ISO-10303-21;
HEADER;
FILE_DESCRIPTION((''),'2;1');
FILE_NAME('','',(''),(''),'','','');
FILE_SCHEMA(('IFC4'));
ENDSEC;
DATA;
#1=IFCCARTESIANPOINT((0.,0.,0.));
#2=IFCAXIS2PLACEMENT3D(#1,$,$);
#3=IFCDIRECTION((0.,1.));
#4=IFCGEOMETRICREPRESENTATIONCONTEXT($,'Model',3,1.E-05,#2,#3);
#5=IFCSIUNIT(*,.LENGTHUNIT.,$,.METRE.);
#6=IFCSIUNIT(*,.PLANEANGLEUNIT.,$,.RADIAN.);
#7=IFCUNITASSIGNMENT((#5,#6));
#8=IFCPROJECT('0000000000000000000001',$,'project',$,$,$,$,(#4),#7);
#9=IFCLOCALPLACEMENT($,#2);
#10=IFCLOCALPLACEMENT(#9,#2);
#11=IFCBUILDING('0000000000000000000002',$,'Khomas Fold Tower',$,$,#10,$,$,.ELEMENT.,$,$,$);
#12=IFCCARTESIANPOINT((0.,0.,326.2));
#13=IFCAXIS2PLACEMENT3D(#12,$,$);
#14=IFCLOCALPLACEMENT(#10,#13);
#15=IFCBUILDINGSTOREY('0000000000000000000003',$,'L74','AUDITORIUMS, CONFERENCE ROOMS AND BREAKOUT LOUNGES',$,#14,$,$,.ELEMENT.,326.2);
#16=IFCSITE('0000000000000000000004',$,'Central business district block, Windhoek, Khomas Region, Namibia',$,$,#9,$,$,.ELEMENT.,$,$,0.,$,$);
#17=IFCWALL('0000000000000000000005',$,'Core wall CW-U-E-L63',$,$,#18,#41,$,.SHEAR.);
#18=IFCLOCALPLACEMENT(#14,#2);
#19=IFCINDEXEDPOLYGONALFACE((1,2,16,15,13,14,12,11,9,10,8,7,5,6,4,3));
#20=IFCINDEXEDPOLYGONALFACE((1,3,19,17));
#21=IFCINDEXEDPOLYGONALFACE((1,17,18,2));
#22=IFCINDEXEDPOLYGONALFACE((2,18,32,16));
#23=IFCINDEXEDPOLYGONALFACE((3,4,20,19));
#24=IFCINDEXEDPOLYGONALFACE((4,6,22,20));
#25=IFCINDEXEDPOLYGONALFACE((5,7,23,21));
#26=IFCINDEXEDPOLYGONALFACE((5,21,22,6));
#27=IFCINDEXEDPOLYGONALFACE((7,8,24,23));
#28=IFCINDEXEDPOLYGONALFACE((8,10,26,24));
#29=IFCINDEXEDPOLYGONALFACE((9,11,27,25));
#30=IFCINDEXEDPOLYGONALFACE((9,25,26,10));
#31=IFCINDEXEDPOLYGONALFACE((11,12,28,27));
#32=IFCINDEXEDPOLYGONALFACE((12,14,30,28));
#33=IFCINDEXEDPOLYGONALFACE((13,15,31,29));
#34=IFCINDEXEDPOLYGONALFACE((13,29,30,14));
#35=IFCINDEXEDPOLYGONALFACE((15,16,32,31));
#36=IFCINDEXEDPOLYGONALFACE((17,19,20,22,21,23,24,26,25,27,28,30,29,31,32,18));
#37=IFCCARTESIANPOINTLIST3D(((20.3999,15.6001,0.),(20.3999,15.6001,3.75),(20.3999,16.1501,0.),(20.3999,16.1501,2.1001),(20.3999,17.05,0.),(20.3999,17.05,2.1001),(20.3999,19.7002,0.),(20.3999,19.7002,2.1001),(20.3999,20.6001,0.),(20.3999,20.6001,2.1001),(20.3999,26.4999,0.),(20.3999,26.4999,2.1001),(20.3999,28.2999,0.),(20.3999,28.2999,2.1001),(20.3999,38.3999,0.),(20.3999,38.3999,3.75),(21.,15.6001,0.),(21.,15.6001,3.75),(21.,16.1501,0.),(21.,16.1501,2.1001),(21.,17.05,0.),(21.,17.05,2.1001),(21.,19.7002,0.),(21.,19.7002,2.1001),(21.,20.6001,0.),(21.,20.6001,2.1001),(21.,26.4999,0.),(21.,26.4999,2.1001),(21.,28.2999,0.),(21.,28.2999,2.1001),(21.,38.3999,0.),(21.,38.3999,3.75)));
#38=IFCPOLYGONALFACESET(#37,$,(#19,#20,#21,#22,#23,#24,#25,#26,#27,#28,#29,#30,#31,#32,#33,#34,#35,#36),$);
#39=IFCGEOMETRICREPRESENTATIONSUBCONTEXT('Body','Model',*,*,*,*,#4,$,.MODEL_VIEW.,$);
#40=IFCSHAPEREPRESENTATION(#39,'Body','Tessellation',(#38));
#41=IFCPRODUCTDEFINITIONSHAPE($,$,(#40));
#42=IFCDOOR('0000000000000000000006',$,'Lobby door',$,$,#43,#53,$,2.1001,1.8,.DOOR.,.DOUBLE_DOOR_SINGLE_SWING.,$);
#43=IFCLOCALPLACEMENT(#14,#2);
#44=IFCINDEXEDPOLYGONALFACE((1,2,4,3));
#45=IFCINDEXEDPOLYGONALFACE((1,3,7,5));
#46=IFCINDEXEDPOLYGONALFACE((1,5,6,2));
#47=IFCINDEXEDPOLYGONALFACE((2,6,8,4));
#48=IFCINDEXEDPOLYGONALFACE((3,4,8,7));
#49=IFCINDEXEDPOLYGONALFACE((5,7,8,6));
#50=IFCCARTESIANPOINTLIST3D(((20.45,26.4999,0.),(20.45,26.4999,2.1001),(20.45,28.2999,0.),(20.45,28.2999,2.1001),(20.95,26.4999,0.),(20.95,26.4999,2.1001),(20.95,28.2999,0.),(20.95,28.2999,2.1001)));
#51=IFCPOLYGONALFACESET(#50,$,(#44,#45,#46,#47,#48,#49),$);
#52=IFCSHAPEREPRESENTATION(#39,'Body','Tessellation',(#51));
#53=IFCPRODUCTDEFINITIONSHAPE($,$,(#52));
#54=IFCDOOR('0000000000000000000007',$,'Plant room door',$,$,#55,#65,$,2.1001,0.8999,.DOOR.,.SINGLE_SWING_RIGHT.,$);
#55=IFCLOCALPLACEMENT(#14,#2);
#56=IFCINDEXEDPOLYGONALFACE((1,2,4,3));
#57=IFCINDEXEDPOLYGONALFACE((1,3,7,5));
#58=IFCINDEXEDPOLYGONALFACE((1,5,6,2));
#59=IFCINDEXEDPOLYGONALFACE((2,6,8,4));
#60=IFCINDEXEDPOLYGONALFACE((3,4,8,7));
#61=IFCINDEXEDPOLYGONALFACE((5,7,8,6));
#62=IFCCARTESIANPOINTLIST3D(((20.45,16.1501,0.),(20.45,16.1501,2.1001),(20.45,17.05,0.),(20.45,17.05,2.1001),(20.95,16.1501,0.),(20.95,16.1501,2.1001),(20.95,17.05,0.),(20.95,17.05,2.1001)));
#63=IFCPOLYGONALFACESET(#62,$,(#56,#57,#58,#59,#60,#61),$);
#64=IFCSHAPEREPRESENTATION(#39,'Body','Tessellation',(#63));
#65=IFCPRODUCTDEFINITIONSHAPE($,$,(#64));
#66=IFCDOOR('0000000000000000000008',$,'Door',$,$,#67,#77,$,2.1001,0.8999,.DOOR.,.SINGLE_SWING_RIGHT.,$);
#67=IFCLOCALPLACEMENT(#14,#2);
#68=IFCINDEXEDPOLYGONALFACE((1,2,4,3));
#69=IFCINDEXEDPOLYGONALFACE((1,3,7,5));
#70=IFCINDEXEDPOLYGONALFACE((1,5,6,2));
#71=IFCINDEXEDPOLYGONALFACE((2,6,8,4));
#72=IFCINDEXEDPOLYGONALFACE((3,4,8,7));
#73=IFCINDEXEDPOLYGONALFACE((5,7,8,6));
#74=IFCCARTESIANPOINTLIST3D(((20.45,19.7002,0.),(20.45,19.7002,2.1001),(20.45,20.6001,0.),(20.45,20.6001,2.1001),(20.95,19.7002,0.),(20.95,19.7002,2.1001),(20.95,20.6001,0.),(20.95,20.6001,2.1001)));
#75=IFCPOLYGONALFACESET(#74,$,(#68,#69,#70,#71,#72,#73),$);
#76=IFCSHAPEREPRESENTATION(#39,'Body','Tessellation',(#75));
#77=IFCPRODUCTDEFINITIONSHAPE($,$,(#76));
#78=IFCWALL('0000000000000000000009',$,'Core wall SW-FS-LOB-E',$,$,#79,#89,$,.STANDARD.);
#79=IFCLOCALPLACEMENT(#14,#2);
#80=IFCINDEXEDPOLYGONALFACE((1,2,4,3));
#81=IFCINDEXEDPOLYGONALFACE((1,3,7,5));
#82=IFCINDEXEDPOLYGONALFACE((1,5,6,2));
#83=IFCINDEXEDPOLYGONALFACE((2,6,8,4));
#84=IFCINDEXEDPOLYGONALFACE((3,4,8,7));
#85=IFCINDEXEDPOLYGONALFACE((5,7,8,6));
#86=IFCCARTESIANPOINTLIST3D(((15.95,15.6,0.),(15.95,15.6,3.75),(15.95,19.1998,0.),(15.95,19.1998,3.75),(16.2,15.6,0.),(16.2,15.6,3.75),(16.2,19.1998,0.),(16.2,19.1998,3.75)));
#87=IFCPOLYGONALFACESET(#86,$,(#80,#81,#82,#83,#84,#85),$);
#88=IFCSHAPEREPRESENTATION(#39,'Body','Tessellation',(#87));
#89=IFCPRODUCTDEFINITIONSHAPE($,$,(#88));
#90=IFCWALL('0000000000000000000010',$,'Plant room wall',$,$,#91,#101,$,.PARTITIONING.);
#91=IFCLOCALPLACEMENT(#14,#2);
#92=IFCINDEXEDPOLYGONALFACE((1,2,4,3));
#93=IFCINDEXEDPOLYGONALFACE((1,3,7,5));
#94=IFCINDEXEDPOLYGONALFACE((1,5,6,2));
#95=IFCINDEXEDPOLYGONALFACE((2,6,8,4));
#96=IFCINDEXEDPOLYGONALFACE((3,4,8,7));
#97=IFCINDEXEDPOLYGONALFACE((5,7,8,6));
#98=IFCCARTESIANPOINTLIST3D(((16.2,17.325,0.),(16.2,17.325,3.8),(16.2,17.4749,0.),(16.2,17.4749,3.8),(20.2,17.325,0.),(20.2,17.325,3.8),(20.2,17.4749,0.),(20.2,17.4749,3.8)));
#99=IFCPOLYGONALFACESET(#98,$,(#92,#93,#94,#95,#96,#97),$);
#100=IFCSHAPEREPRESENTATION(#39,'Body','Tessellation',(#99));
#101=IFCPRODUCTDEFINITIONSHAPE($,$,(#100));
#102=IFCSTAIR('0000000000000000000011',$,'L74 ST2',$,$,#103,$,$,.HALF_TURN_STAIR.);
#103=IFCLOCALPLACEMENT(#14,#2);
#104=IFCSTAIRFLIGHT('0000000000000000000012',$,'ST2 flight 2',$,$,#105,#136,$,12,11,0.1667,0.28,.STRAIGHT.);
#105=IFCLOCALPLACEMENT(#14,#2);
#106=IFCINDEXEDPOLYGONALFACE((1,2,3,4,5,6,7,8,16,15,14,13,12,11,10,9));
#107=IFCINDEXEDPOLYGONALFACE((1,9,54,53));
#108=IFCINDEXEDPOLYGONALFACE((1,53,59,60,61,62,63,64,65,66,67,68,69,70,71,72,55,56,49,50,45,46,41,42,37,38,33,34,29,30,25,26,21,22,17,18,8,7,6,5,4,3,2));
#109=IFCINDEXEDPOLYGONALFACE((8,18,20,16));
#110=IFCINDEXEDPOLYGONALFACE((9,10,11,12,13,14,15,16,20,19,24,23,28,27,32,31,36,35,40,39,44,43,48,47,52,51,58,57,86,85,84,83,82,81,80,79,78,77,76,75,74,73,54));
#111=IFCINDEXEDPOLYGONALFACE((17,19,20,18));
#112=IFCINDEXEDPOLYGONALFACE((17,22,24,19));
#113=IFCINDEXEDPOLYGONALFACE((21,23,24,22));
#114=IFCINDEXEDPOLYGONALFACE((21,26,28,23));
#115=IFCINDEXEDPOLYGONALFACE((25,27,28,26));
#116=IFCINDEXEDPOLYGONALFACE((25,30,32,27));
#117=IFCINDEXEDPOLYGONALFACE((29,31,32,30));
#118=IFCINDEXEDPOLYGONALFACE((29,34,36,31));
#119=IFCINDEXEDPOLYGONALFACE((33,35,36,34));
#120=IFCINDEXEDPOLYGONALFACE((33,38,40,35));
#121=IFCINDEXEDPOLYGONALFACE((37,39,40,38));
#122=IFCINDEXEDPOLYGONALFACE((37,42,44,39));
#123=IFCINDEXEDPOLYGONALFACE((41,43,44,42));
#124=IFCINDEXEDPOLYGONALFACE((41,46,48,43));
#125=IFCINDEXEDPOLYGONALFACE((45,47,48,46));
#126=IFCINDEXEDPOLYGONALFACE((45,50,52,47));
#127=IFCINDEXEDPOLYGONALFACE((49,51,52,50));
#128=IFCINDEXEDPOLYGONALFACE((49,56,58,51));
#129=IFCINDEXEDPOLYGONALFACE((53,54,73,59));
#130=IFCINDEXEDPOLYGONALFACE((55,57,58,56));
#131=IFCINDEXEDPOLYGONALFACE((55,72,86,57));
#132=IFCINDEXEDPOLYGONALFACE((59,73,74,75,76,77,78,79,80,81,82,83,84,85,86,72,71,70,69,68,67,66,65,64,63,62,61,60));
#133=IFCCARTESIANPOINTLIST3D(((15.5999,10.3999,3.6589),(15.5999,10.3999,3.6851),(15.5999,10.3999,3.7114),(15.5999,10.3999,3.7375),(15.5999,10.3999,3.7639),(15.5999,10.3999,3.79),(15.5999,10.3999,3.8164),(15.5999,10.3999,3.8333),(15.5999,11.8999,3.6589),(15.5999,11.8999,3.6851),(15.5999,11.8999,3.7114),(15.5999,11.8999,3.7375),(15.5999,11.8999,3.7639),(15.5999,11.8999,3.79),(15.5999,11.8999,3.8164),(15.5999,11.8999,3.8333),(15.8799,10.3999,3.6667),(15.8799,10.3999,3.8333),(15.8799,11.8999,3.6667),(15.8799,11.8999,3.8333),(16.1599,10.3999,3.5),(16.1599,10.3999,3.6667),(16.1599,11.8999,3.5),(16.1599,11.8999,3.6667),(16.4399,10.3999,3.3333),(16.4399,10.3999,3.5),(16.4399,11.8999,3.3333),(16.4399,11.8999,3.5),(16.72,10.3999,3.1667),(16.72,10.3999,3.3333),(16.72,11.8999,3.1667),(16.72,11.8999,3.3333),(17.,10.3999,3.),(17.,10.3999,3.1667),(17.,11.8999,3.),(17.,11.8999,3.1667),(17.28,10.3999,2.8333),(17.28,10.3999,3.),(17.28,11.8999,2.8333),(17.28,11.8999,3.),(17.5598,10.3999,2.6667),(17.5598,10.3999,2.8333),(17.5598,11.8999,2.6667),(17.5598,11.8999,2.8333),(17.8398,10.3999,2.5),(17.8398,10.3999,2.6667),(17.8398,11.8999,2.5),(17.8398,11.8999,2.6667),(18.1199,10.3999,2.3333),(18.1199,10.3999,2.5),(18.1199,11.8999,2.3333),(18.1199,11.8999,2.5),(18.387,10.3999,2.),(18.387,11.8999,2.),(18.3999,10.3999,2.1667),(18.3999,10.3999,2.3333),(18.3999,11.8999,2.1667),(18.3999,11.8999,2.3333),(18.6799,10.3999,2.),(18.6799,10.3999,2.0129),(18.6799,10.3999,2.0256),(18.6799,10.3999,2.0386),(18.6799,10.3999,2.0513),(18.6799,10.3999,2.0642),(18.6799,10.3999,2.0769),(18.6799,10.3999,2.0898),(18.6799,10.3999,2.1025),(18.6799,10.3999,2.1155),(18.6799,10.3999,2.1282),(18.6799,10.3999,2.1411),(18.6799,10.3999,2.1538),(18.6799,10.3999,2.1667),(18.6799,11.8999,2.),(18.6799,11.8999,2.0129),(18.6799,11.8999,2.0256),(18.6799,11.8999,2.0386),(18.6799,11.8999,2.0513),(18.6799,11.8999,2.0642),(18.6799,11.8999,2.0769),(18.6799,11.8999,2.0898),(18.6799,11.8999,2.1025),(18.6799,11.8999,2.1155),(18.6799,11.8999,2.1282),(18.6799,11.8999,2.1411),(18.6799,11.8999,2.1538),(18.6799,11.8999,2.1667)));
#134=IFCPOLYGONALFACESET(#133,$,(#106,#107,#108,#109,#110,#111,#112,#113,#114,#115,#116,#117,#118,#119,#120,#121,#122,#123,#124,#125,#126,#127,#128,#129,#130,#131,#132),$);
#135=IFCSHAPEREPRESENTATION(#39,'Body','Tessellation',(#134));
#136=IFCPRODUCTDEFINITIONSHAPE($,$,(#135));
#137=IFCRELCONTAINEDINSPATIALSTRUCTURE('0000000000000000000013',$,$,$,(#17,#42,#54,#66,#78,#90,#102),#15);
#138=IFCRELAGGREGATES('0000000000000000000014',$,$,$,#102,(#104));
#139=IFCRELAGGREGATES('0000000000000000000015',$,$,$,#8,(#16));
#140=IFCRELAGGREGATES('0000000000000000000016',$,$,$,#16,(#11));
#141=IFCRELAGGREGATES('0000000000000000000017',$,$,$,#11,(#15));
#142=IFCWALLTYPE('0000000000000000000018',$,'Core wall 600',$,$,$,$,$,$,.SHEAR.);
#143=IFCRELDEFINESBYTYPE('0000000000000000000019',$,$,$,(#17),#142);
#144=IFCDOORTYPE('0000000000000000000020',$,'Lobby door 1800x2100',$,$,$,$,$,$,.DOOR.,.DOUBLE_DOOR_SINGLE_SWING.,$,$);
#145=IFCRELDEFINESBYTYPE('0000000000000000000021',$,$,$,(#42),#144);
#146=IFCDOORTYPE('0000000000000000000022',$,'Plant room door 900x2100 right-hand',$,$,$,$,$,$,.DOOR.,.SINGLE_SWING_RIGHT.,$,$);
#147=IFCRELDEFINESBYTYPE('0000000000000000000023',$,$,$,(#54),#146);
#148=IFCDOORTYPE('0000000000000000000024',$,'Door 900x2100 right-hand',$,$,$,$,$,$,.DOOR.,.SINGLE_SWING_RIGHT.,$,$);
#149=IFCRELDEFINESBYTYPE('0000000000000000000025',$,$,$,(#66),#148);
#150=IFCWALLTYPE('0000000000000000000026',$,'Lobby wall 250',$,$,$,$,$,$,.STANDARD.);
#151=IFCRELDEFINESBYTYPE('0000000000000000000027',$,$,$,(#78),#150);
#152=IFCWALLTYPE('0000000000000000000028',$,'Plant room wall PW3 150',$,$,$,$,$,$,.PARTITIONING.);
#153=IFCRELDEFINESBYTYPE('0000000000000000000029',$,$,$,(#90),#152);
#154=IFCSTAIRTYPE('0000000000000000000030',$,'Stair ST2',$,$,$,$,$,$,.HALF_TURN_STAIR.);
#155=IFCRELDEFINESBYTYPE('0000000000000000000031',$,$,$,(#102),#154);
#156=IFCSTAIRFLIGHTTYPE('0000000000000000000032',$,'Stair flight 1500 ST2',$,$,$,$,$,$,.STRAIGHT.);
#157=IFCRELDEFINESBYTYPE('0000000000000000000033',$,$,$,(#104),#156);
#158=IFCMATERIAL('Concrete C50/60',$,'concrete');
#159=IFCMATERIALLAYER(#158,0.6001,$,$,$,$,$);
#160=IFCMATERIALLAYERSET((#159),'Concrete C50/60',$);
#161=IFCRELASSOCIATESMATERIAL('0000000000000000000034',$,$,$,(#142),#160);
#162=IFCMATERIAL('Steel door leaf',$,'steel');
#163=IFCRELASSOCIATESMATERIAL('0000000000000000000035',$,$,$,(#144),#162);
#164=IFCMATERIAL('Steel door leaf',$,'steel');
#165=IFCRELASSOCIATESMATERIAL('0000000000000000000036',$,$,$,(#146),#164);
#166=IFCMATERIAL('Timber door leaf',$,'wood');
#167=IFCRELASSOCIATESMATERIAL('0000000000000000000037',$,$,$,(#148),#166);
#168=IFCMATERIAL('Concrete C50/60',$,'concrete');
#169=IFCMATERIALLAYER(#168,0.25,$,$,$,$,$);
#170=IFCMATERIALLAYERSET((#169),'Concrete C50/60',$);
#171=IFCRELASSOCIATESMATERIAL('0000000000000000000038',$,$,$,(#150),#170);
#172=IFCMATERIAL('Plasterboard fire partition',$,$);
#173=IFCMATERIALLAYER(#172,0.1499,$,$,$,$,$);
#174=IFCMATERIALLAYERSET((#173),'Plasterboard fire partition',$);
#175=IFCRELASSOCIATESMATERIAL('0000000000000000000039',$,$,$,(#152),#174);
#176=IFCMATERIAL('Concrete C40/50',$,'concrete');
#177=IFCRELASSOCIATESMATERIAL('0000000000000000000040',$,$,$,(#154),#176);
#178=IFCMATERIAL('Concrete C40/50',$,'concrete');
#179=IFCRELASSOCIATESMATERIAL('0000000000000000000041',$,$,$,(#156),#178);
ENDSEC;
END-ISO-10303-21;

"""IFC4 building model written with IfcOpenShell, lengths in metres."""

from ifc_helpers import new_model, si_unit, direction, frame, frame_2d, origin, place, context, subcontext, project, spatial, polyline, rectangle, outline, extrude, source, transform, mapped, material, layer, layer_set, type_object, element, fill, aggregate, save


model = new_model("IFC4")

# Units and contexts
model_context = context("Model", 3, precision=1e-05, world=origin(), true_north=direction((0.0, 1.0)))
body_context = subcontext(model_context, "Body", "Model", "MODEL_VIEW")
ifc_project = project(units=[si_unit("LENGTHUNIT", "METRE"), si_unit("PLANEANGLEUNIT", "RADIAN")], contexts=[model_context])

# Site, building, storey
site_placement = place(None, origin())
site = spatial("IfcSite", under=ifc_project, at=site_placement, Name="Central business district block, Windhoek, Khomas Region, Namibia", CompositionType="ELEMENT", RefElevation=0.0)
building_placement = place(site_placement, origin())
building = spatial("IfcBuilding", under=site, at=building_placement, Name="Khomas Fold Tower", CompositionType="ELEMENT")
storey_placement = place(building_placement, frame((0.0, 0.0, 326.2)))
storey = spatial("IfcBuildingStorey", under=building, at=storey_placement, Name="L74", Description="AUDITORIUMS, CONFERENCE ROOMS AND BREAKOUT LOUNGES", CompositionType="ELEMENT", Elevation=326.2)

# Wall, openings, doors
ifc_material_1 = material(Name="Concrete C50/60", Category="concrete")
ifc_layer_1 = layer(ifc_material_1, 0.6001)
ifc_layer_set_1 = layer_set([ifc_layer_1], Name="Concrete C50/60")
wall_type_1 = type_object("IfcWallType", Name="Core wall 600", PredefinedType="SHEAR", material=ifc_layer_set_1)
shared_shape_1 = source(origin(), body_context, "Body", "SweptSolid", [
    extrude(rectangle(XDim=22.7998, YDim=0.6001, at=frame_2d((11.3999, 0.0))), origin(), (0.0, 0.0, 1.0), 3.75),
])
wall_1_placement = place(storey_placement, frame((20.7, 15.6001, 0.0), z_axis=(0.0, 0.0, 1.0), x_axis=(0.0, 1.0, 0.0)))
wall_1 = element("IfcWall", 1, at=wall_1_placement, inside=storey, type_object=wall_type_1, Name="Core wall CW-U-E-L63", PredefinedType="SHEAR", context=body_context, shape_type="MappedRepresentation", body=[
    mapped(shared_shape_1, transform((0.0, 0.0, 0.0))),
])
shared_shape_2 = source(origin(), body_context, "Body", "SweptSolid", [
    extrude(rectangle(XDim=1.8, YDim=2.1001, at=frame_2d((0.8999, 1.05))), frame((0.0, 0.3101, 0.0), z_axis=(0.0, -1.0, 0.0), x_axis=(1.0, 0.0, 0.0)), (0.0, 0.0, 1.0), 0.6201),
])
opening_1_placement = place(wall_1_placement, frame((10.8999, 0.0, 0.0)))
opening_1 = element("IfcOpeningElement", 2, at=opening_1_placement, cuts=wall_1, PredefinedType="OPENING", context=body_context, shape_type="MappedRepresentation", body=[
    mapped(shared_shape_2, transform((0.0, 0.0, 0.0))),
])
shared_shape_3 = source(origin(), body_context, "Body", "SweptSolid", [
    extrude(rectangle(XDim=0.8999, YDim=2.1001, at=frame_2d((0.45, 1.05))), frame((0.0, 0.3101, 0.0), z_axis=(0.0, -1.0, 0.0), x_axis=(1.0, 0.0, 0.0)), (0.0, 0.0, 1.0), 0.6201),
])
opening_2_placement = place(wall_1_placement, frame((0.55, 0.0, 0.0)))
opening_2 = element("IfcOpeningElement", 3, at=opening_2_placement, cuts=wall_1, PredefinedType="OPENING", context=body_context, shape_type="MappedRepresentation", body=[
    mapped(shared_shape_3, transform((0.0, 0.0, 0.0))),
])
opening_3_placement = place(wall_1_placement, frame((4.1001, 0.0, 0.0)))
opening_3 = element("IfcOpeningElement", 4, at=opening_3_placement, cuts=wall_1, PredefinedType="OPENING", context=body_context, shape_type="MappedRepresentation", body=[
    mapped(shared_shape_3, transform((0.0, 0.0, 0.0))),
])
ifc_material_2 = material(Name="Steel door leaf", Category="steel")
door_type_1 = type_object("IfcDoorType", Name="Lobby door 1800x2100", OperationType="DOUBLE_DOOR_SINGLE_SWING", PredefinedType="DOOR", material=ifc_material_2)
shared_shape_4 = source(origin(), body_context, "Body", "SweptSolid", [
    extrude(rectangle(XDim=1.8, YDim=2.1001, at=frame_2d((0.8999, 1.05))), frame((0.0, 0.25, 0.0), z_axis=(0.0, -1.0, 0.0), x_axis=(1.0, 0.0, 0.0)), (0.0, 0.0, 1.0), 0.5),
])
door_1_placement = place(opening_1_placement, origin())
door_1 = element("IfcDoor", 5, at=door_1_placement, inside=storey, type_object=door_type_1, Name="Lobby door", OperationType="DOUBLE_DOOR_SINGLE_SWING", OverallHeight=2.1001, OverallWidth=1.8, PredefinedType="DOOR", context=body_context, shape_type="MappedRepresentation", body=[
    mapped(shared_shape_4, transform((0.0, 0.0, 0.0))),
])
fill(opening_1, door_1)
ifc_material_3 = material(Name="Steel door leaf", Category="steel")
door_type_2 = type_object("IfcDoorType", Name="Plant room door 900x2100 right-hand", OperationType="SINGLE_SWING_RIGHT", PredefinedType="DOOR", material=ifc_material_3)
shared_shape_5 = source(origin(), body_context, "Body", "SweptSolid", [
    extrude(rectangle(XDim=0.8999, YDim=2.1001, at=frame_2d((0.45, 1.05))), frame((0.0, 0.25, 0.0), z_axis=(0.0, -1.0, 0.0), x_axis=(1.0, 0.0, 0.0)), (0.0, 0.0, 1.0), 0.5),
])
door_2_placement = place(opening_2_placement, origin())
door_2 = element("IfcDoor", 6, at=door_2_placement, inside=storey, type_object=door_type_2, Name="Plant room door", OperationType="SINGLE_SWING_RIGHT", OverallHeight=2.1001, OverallWidth=0.8999, PredefinedType="DOOR", context=body_context, shape_type="MappedRepresentation", body=[
    mapped(shared_shape_5, transform((0.0, 0.0, 0.0))),
])
fill(opening_2, door_2)
ifc_material_4 = material(Name="Timber door leaf", Category="wood")
door_type_3 = type_object("IfcDoorType", Name="Door 900x2100 right-hand", OperationType="SINGLE_SWING_RIGHT", PredefinedType="DOOR", material=ifc_material_4)
door_3_placement = place(opening_3_placement, origin())
door_3 = element("IfcDoor", 7, at=door_3_placement, inside=storey, type_object=door_type_3, Name="Door", OperationType="SINGLE_SWING_RIGHT", OverallHeight=2.1001, OverallWidth=0.8999, PredefinedType="DOOR", context=body_context, shape_type="MappedRepresentation", body=[
    mapped(shared_shape_5, transform((0.0, 0.0, 0.0))),
])
fill(opening_3, door_3)

# Walls
ifc_material_5 = material(Name="Concrete C50/60", Category="concrete")
ifc_layer_2 = layer(ifc_material_5, 0.25)
ifc_layer_set_2 = layer_set([ifc_layer_2], Name="Concrete C50/60")
wall_type_2 = type_object("IfcWallType", Name="Lobby wall 250", PredefinedType="STANDARD", material=ifc_layer_set_2)
shared_shape_6 = source(origin(), body_context, "Body", "SweptSolid", [
    extrude(rectangle(XDim=3.5999, YDim=0.25, at=frame_2d((1.7998, 0.0))), origin(), (0.0, 0.0, 1.0), 3.75),
])
wall_2_placement = place(storey_placement, frame((16.075, 15.6001, 0.0), z_axis=(0.0, 0.0, 1.0), x_axis=(0.0, 1.0, 0.0)))
element("IfcWall", 8, at=wall_2_placement, inside=storey, type_object=wall_type_2, Name="Core wall SW-FS-LOB-E", PredefinedType="STANDARD", context=body_context, shape_type="MappedRepresentation", body=[
    mapped(shared_shape_6, transform((0.0, 0.0, 0.0))),
])
ifc_material_6 = material(Name="Plasterboard fire partition")
ifc_layer_3 = layer(ifc_material_6, 0.1499)
ifc_layer_set_3 = layer_set([ifc_layer_3], Name="Plasterboard fire partition")
wall_type_3 = type_object("IfcWallType", Name="Plant room wall PW3 150", PredefinedType="PARTITIONING", material=ifc_layer_set_3)
shared_shape_7 = source(origin(), body_context, "Body", "SweptSolid", [
    extrude(rectangle(XDim=4.0, YDim=0.1499, at=frame_2d((2.0, 0.0))), origin(), (0.0, 0.0, 1.0), 3.8),
])
wall_3_placement = place(storey_placement, frame((16.2, 17.3999, 0.0), z_axis=(0.0, 0.0, 1.0), x_axis=(1.0, 0.0, 0.0)))
element("IfcWall", 9, at=wall_3_placement, inside=storey, type_object=wall_type_3, Name="Plant room wall", PredefinedType="PARTITIONING", context=body_context, shape_type="MappedRepresentation", body=[
    mapped(shared_shape_7, transform((0.0, 0.0, 0.0))),
])

# Stair, stair flight
ifc_material_7 = material(Name="Concrete C40/50", Category="concrete")
stair_type = type_object("IfcStairType", Name="Stair ST2", PredefinedType="HALF_TURN_STAIR", material=ifc_material_7)
stair_placement = place(storey_placement, origin())
stair = element("IfcStair", 10, at=stair_placement, inside=storey, type_object=stair_type, Name="L74 ST2", PredefinedType="HALF_TURN_STAIR")
ifc_material_8 = material(Name="Concrete C40/50", Category="concrete")
stair_flight_type = type_object("IfcStairFlightType", Name="Stair flight 1500 ST2", PredefinedType="STRAIGHT", material=ifc_material_8)
shared_shape_8 = source(origin(), body_context, "Body", "SweptSolid", [
    extrude(outline(polyline([(0.0, 0.0), (0.0, 0.0129), (0.0, 0.0256), (0.0, 0.0386), (0.0, 0.0513), (0.0, 0.0642), (0.0, 0.0769), (0.0, 0.0898), (0.0, 0.1025), (0.0, 0.1155), (0.0, 0.1282), (0.0, 0.1411), (0.0, 0.1538), (0.0, 0.1667), (0.28, 0.1667), (0.28, 0.3333), (0.5601, 0.3333), (0.5601, 0.5), (0.8401, 0.5), (0.8401, 0.6667), (1.1201, 0.6667), (1.1201, 0.8333), (1.3999, 0.8333), (1.3999, 1.0), (1.6799, 1.0), (1.6799, 1.1667), (1.96, 1.1667), (1.96, 1.3333), (2.24, 1.3333), (2.24, 1.5), (2.52, 1.5), (2.52, 1.6667), (2.8, 1.6667), (2.8, 1.8333), (3.0801, 1.8333), (3.0801, 2.0), (3.0801, 1.9739), (3.0801, 1.9475), (3.0801, 1.9214), (3.0801, 1.895), (3.0801, 1.8689), (3.0801, 1.8425), (3.0801, 1.8164), (3.0801, 1.79), (3.0801, 1.7639), (3.0801, 1.7375), (3.0801, 1.7114), (3.0801, 1.6851), (3.0801, 1.6589), (0.293, 0.0), (0.0, 0.0)])), frame((0.0, 0.75, 0.0), z_axis=(0.0, -1.0, 0.0), x_axis=(1.0, 0.0, 0.0)), (0.0, 0.0, 1.0), 1.5),
])
stair_flight_placement = place(storey_placement, frame((18.6799, 11.1499, 2.0), z_axis=(0.0, 0.0, 1.0), x_axis=(-1.0, 0.0, 0.0)))
stair_flight = element("IfcStairFlight", 11, at=stair_flight_placement, type_object=stair_flight_type, Name="ST2 flight 2", NumberOfRisers=12, NumberOfTreads=11, PredefinedType="STRAIGHT", RiserHeight=0.1667, TreadLength=0.28, context=body_context, shape_type="MappedRepresentation", body=[
    mapped(shared_shape_8, transform((0.0, 0.0, 0.0))),
])
aggregate(stair, [stair_flight])

save(model, "model.ifc")
